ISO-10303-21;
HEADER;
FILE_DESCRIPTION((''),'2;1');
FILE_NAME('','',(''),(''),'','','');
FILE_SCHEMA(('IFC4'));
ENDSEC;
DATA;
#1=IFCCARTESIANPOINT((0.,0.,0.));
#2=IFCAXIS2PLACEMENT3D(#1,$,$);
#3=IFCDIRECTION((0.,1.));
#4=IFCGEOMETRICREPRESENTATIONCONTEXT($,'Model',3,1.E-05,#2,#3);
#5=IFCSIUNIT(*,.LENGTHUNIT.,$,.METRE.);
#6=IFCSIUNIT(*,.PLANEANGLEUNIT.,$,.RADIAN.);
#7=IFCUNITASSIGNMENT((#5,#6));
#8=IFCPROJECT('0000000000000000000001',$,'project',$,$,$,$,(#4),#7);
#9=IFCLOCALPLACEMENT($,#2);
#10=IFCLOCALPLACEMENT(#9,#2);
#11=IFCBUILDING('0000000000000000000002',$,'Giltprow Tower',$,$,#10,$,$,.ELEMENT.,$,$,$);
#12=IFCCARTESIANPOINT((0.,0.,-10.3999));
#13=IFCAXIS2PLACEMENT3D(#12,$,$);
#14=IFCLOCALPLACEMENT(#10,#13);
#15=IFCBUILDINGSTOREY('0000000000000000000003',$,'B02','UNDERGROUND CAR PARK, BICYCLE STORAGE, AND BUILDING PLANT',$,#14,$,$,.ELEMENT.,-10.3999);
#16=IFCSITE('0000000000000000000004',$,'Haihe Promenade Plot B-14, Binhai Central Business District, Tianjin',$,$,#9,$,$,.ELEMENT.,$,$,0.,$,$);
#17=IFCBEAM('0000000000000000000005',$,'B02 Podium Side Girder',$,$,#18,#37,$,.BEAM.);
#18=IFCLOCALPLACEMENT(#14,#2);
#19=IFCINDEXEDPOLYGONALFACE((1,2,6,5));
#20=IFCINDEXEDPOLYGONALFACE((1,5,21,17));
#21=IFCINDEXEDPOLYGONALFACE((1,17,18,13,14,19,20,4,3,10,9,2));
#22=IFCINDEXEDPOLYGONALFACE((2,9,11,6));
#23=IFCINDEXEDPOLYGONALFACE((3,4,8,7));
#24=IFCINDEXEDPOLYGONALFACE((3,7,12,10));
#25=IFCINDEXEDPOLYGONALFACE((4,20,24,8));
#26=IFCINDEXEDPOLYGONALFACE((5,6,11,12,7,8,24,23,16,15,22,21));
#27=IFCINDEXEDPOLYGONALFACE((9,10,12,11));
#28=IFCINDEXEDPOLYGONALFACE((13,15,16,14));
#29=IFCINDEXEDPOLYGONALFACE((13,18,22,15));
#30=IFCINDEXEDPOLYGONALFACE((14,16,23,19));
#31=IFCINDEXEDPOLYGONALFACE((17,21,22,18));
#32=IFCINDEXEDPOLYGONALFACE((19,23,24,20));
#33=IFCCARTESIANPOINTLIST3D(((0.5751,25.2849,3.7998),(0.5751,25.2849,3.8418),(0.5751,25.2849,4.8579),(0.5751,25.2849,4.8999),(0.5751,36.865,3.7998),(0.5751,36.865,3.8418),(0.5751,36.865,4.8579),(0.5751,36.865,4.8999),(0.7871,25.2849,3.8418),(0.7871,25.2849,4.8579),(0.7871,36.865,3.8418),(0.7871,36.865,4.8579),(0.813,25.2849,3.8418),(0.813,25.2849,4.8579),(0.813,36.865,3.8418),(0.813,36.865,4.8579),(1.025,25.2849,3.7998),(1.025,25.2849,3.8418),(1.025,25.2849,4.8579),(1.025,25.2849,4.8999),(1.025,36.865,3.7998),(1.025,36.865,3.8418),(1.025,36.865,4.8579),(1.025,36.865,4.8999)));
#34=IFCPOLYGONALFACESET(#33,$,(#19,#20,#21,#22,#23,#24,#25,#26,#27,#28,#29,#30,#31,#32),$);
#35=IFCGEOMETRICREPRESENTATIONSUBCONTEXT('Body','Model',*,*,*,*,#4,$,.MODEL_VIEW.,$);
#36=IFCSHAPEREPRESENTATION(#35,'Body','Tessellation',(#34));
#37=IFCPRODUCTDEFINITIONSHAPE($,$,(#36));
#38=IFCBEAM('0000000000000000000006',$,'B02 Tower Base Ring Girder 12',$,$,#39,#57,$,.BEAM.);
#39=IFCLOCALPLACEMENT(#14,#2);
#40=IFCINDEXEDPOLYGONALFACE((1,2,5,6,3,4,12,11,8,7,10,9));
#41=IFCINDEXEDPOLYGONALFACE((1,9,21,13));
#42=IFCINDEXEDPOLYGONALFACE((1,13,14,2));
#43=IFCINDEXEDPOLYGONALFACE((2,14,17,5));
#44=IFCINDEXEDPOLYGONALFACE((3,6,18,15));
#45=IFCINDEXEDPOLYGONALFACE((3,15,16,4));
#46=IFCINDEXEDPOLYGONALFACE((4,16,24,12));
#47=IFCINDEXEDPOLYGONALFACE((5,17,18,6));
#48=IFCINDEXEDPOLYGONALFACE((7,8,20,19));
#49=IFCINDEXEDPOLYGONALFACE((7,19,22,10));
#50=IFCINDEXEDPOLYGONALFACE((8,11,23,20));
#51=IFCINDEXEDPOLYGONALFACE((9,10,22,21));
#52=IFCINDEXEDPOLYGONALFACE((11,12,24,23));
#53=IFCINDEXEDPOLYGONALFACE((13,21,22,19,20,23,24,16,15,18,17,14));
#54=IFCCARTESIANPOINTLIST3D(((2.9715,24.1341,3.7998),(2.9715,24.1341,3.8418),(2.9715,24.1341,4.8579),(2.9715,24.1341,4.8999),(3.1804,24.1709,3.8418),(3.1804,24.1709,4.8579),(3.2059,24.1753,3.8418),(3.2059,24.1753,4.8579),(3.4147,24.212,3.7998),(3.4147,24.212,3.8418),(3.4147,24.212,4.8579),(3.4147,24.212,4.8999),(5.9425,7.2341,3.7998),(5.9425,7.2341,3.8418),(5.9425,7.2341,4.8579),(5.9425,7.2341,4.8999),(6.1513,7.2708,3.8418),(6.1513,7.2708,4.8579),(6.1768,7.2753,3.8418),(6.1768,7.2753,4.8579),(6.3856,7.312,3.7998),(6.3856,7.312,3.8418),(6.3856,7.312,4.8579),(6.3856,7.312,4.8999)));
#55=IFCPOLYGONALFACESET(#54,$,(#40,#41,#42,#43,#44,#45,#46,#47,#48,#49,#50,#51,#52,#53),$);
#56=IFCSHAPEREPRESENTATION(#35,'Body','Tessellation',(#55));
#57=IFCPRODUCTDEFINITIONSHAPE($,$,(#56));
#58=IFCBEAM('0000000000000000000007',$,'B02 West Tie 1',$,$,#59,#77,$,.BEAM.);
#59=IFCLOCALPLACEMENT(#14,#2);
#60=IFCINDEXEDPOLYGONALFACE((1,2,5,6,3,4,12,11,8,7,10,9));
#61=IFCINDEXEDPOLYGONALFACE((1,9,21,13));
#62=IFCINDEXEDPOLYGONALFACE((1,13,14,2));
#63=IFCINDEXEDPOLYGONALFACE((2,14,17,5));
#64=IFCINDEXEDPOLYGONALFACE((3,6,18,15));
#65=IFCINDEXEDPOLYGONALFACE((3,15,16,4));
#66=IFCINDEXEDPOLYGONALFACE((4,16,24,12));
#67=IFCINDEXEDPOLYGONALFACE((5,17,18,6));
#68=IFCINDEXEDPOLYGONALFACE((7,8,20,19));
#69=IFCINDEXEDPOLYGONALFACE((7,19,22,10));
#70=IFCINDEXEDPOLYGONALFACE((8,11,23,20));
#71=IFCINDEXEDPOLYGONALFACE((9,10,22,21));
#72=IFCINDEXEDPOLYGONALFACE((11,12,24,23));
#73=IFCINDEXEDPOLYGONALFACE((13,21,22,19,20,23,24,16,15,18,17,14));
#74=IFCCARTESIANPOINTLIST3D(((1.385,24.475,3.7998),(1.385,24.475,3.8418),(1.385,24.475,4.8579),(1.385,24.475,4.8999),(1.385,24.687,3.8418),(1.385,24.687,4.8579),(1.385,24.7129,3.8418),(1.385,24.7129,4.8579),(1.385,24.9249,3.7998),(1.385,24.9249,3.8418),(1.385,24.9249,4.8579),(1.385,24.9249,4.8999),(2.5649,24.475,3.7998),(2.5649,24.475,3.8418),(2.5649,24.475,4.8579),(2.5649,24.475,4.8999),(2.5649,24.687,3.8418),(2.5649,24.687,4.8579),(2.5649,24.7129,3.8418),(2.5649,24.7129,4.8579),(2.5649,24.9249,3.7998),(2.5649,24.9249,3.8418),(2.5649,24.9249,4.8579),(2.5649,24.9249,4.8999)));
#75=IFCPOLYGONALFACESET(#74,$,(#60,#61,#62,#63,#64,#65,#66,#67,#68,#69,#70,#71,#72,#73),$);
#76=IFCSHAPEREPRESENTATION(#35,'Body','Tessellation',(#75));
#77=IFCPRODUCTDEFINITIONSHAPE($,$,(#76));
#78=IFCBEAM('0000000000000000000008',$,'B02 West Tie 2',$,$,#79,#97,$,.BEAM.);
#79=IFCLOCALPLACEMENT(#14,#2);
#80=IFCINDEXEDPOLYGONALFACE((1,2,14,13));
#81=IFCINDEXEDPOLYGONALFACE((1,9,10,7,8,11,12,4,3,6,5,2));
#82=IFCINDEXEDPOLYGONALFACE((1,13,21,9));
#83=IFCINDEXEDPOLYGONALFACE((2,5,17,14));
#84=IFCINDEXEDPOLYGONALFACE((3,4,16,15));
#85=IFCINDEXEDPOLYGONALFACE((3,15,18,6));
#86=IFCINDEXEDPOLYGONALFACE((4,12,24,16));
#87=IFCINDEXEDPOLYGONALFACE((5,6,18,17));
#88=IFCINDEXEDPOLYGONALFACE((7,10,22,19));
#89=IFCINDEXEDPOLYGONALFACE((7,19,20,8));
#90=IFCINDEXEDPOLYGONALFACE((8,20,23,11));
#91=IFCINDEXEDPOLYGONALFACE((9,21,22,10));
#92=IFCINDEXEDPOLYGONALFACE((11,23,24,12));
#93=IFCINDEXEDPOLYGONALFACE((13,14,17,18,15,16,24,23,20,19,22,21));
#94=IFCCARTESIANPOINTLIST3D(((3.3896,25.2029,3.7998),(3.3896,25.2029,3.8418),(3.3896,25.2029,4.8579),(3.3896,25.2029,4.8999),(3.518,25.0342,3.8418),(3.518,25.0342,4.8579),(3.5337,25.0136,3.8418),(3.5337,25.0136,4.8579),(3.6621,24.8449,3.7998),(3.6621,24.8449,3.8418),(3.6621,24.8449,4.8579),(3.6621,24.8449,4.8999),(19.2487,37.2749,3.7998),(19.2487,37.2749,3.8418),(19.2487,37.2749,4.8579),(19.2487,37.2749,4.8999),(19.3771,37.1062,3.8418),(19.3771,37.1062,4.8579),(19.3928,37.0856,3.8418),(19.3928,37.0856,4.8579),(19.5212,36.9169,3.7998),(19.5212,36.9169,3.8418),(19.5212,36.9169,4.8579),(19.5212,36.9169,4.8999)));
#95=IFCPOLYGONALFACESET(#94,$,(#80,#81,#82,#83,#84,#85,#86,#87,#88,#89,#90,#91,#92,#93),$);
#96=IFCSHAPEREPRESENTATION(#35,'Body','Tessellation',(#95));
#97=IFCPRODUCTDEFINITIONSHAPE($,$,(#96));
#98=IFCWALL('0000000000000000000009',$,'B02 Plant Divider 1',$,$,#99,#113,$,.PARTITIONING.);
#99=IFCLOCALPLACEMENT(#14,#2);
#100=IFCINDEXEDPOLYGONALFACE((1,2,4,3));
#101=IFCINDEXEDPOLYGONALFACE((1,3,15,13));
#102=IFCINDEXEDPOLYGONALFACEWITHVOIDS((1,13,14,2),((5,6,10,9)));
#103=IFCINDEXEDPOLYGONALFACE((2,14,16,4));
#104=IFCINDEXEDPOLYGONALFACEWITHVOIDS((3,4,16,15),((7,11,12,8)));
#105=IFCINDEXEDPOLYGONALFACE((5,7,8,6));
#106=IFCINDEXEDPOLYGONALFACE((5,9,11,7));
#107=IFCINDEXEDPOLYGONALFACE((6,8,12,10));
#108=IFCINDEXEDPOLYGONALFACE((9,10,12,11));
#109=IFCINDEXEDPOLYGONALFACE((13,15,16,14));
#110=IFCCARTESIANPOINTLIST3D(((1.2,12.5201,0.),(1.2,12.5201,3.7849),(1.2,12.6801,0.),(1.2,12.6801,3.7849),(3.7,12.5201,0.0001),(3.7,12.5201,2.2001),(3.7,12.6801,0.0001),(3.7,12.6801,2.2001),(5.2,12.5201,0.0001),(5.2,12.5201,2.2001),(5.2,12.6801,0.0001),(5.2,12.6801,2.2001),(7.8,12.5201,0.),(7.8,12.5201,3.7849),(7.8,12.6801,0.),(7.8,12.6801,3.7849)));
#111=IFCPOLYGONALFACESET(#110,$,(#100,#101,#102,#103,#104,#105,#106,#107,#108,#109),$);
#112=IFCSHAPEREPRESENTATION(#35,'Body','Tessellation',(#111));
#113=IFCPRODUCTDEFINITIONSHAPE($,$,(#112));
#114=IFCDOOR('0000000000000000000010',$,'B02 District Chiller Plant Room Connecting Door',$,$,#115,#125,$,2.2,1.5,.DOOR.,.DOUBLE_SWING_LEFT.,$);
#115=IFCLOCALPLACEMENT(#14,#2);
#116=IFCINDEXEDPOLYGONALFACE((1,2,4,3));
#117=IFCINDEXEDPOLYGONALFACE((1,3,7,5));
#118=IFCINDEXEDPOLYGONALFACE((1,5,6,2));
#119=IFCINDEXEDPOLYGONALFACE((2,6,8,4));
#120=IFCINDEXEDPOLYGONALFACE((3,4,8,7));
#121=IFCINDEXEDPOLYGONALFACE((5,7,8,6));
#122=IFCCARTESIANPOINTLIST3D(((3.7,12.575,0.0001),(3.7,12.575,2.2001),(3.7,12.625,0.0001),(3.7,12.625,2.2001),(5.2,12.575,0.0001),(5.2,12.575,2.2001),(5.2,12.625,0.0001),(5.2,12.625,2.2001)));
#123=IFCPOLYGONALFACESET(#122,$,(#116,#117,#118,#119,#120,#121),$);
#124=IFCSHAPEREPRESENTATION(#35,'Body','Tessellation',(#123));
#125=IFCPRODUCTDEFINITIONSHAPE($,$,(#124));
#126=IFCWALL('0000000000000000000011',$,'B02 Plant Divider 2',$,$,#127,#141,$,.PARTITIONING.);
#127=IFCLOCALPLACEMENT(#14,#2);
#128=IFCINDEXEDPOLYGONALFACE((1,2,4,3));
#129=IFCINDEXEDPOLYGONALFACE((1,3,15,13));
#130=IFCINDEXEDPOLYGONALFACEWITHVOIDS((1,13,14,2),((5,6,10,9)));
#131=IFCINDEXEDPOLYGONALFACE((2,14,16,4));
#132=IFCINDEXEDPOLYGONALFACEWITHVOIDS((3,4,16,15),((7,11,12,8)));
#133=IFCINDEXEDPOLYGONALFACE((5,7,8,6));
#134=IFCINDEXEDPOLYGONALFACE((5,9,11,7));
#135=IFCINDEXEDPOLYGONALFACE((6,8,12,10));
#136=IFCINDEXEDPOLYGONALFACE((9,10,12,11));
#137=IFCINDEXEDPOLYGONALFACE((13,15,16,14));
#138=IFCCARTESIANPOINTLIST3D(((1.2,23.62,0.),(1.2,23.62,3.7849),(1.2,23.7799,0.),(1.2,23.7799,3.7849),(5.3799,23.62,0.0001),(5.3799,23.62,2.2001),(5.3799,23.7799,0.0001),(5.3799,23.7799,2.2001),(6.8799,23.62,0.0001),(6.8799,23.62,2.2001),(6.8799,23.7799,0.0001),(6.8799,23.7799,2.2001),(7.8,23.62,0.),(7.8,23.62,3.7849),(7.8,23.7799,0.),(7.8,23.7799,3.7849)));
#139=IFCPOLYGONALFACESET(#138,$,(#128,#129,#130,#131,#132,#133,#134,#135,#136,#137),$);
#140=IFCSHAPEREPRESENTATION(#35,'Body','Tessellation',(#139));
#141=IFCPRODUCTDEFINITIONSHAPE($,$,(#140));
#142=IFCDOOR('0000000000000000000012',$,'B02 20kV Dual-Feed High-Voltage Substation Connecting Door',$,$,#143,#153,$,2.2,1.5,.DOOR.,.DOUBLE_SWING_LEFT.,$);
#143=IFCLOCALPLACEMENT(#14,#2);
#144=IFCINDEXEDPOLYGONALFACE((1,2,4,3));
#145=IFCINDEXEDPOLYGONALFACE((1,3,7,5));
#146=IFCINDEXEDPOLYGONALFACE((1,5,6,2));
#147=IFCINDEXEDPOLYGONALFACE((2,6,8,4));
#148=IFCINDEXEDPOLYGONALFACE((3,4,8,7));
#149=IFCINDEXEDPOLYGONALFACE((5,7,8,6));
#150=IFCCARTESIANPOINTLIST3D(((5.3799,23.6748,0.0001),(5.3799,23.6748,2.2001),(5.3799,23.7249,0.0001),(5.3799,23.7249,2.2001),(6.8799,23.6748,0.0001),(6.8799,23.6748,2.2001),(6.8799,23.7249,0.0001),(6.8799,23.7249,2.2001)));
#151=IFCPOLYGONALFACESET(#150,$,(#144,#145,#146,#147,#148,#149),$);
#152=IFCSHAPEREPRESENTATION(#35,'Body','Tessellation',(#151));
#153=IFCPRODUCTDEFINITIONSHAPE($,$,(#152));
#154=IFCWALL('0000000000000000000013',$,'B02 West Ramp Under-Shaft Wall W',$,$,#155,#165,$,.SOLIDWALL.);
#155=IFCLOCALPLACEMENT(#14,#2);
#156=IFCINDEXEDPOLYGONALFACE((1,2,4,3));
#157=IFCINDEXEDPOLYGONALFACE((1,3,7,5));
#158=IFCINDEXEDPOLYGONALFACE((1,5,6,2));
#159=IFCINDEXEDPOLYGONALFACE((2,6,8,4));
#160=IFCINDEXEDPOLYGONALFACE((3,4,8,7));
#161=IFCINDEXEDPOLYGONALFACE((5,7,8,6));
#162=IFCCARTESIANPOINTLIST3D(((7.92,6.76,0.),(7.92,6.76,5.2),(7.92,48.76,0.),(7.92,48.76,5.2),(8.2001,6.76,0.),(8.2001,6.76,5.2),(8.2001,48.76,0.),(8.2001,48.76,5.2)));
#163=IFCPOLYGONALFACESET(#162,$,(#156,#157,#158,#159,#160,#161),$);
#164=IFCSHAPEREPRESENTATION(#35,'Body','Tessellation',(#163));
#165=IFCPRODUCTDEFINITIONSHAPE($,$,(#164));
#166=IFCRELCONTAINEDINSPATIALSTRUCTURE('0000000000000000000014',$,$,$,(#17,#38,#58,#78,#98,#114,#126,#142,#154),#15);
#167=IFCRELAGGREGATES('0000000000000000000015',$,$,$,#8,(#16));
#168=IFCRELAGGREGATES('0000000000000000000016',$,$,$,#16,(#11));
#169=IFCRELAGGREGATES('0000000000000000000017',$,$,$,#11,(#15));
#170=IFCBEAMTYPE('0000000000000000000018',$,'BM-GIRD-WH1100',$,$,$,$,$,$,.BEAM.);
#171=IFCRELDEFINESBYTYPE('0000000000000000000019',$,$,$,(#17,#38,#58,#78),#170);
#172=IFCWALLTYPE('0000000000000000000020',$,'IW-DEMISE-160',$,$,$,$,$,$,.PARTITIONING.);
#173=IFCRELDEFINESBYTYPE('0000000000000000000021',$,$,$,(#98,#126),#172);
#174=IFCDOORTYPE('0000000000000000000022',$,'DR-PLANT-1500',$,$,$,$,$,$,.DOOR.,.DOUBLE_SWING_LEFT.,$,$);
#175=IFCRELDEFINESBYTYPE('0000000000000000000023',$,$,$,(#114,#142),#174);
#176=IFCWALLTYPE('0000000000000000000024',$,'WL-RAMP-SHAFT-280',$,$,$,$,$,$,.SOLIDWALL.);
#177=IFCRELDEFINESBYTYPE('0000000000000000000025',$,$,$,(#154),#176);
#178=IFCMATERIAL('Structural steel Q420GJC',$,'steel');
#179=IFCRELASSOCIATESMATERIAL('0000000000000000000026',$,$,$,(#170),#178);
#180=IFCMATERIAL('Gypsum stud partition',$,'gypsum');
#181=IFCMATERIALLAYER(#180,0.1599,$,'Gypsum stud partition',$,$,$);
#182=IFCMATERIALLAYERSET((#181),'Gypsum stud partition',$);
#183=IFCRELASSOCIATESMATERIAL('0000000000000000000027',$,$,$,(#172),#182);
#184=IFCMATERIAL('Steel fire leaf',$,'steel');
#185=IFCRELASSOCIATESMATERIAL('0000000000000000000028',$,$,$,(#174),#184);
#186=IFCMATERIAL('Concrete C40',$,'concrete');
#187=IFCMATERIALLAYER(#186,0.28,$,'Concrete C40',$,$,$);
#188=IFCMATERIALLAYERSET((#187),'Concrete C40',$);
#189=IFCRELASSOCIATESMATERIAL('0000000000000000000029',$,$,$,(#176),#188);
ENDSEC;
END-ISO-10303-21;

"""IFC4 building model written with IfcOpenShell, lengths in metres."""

from ifc_helpers import new_model, si_unit, direction, frame, frame_2d, origin, origin_2d, place, context, subcontext, project, spatial, rectangle, i_section, extrude, source, transform, mapped, material, layer, layer_set, material_profile, profile_set, type_object, element, fill, save


model = new_model("IFC4")

# Units and contexts
model_context = context("Model", 3, precision=1e-05, world=origin(), true_north=direction((0.0, 1.0)))
body_context = subcontext(model_context, "Body", "Model", "MODEL_VIEW")
ifc_project = project(units=[si_unit("LENGTHUNIT", "METRE"), si_unit("PLANEANGLEUNIT", "RADIAN")], contexts=[model_context])

# Site, building, storey
site_placement = place(None, origin())
site = spatial("IfcSite", under=ifc_project, at=site_placement, Name="Haihe Promenade Plot B-14, Binhai Central Business District, Tianjin", CompositionType="ELEMENT", RefElevation=0.0)
building_placement = place(site_placement, origin())
building = spatial("IfcBuilding", under=site, at=building_placement, Name="Giltprow Tower", CompositionType="ELEMENT")
storey_placement = place(building_placement, frame((0.0, 0.0, -10.3999)))
storey = spatial("IfcBuildingStorey", under=building, at=storey_placement, Name="B02", Description="UNDERGROUND CAR PARK, BICYCLE STORAGE, AND BUILDING PLANT", CompositionType="ELEMENT", Elevation=-10.3999)

# Shared definitions
ifc_material_1 = material(Name="Structural steel Q420GJC", Category="steel")

# Beams
ifc_material_profile_1 = material_profile(ifc_material_1, i_section(OverallWidth=0.45, OverallDepth=1.1001, WebThickness=0.0259, FlangeThickness=0.042, at=origin_2d()), Name="WH 1100x450x26x42")
ifc_profile_set_1 = profile_set([ifc_material_profile_1], Name="Structural steel Q420GJC")
beam_type = type_object("IfcBeamType", Name="BM-GIRD-WH1100", PredefinedType="BEAM", material=ifc_profile_set_1)
shared_shape_1 = source(origin(), body_context, "Body", "SweptSolid", [
    extrude(i_section(OverallWidth=0.45, OverallDepth=1.1001, WebThickness=0.0259, FlangeThickness=0.042, at=origin_2d()), origin(), (0.0, 0.0, 1.0), 11.5801),
])
beam_1_placement = place(storey_placement, frame((0.8, 25.2849, 4.3499), z_axis=(0.0, 1.0, 0.0), x_axis=(-1.0, 0.0, 0.0)))
element("IfcBeam", 1, at=beam_1_placement, inside=storey, type_object=beam_type, Name="B02 Podium Side Girder", PredefinedType="BEAM", context=body_context, shape_type="MappedRepresentation", body=[
    mapped(shared_shape_1, transform((0.0, 0.0, 0.0), x_axis=(1.0, 0.0, 0.0), y_axis=(0.0, 1.0, 0.0), z_axis=(0.0, 0.0, 1.0), scale=1.0)),
])
shared_shape_2 = source(origin(), body_context, "Body", "SweptSolid", [
    extrude(i_section(OverallWidth=0.45, OverallDepth=1.1001, WebThickness=0.0259, FlangeThickness=0.042, at=origin_2d()), origin(), (0.0, 0.0, 1.0), 17.1592),
])
beam_2_placement = place(storey_placement, frame((3.1931, 24.1731, 4.3499), z_axis=(0.173139, -0.984897, 0.0), x_axis=(0.984897, 0.173139, 0.0)))
element("IfcBeam", 2, at=beam_2_placement, inside=storey, type_object=beam_type, Name="B02 Tower Base Ring Girder 12", PredefinedType="BEAM", context=body_context, shape_type="MappedRepresentation", body=[
    mapped(shared_shape_2, transform((0.0, 0.0, 0.0), x_axis=(1.0, 0.0, 0.0), y_axis=(0.0, 1.0, 0.0), z_axis=(0.0, 0.0, 1.0), scale=1.0)),
])
shared_shape_3 = source(origin(), body_context, "Body", "SweptSolid", [
    extrude(i_section(OverallWidth=0.45, OverallDepth=1.1001, WebThickness=0.0259, FlangeThickness=0.042, at=origin_2d()), origin(), (0.0, 0.0, 1.0), 1.1799),
])
beam_3_placement = place(storey_placement, frame((1.385, 24.7, 4.3499), z_axis=(1.0, 0.0, 0.0), x_axis=(0.0, 1.0, 0.0)))
element("IfcBeam", 3, at=beam_3_placement, inside=storey, type_object=beam_type, Name="B02 West Tie 1", PredefinedType="BEAM", context=body_context, shape_type="MappedRepresentation", body=[
    mapped(shared_shape_3, transform((0.0, 0.0, 0.0), x_axis=(1.0, 0.0, 0.0), y_axis=(0.0, 1.0, 0.0), z_axis=(0.0, 0.0, 1.0), scale=1.0)),
])
shared_shape_4 = source(origin(), body_context, "Body", "SweptSolid", [
    extrude(i_section(OverallWidth=0.45, OverallDepth=1.1001, WebThickness=0.0259, FlangeThickness=0.042, at=origin_2d()), origin(), (0.0, 0.0, 1.0), 19.9309),
])
beam_4_placement = place(storey_placement, frame((3.5259, 25.0239, 4.3499), z_axis=(0.795701, 0.60569, 0.0), x_axis=(-0.60569, 0.795701, 0.0)))
element("IfcBeam", 4, at=beam_4_placement, inside=storey, type_object=beam_type, Name="B02 West Tie 2", PredefinedType="BEAM", context=body_context, shape_type="MappedRepresentation", body=[
    mapped(shared_shape_4, transform((0.0, 0.0, 0.0), x_axis=(1.0, 0.0, 0.0), y_axis=(0.0, 1.0, 0.0), z_axis=(0.0, 0.0, 1.0), scale=1.0)),
])

# Walls, openings, doors
ifc_material_2 = material(Name="Gypsum stud partition", Category="gypsum")
ifc_layer_1 = layer(ifc_material_2, 0.1599, Name="Gypsum stud partition")
ifc_layer_set_1 = layer_set([ifc_layer_1], Name="Gypsum stud partition")
wall_type_1 = type_object("IfcWallType", Name="IW-DEMISE-160", PredefinedType="PARTITIONING", material=ifc_layer_set_1)
wall_1_placement = place(storey_placement, frame((1.2, 12.6001, 0.0), z_axis=(0.0, 0.0, 1.0), x_axis=(1.0, 0.0, 0.0)))
wall_1 = element("IfcWall", 5, at=wall_1_placement, inside=storey, type_object=wall_type_1, Name="B02 Plant Divider 1", PredefinedType="PARTITIONING", context=body_context, shape_type="SweptSolid", body=[
    extrude(rectangle(XDim=6.6001, YDim=0.1599, at=frame_2d((3.3, 0.0))), origin(), (0.0, 0.0, 1.0), 3.7849),
])
opening_1_placement = place(wall_1_placement, frame((2.5, 0.0, 0.0)))
opening_1 = element("IfcOpeningElement", 6, at=opening_1_placement, cuts=wall_1, PredefinedType="OPENING", context=body_context, shape_type="SweptSolid", body=[
    extrude(rectangle(XDim=1.5, YDim=2.2, at=frame_2d((0.75, 1.1001))), frame((0.0, 0.0898, 0.0), z_axis=(0.0, -1.0, 0.0), x_axis=(1.0, 0.0, 0.0)), (0.0, 0.0, 1.0), 0.1799),
])
ifc_material_3 = material(Name="Steel fire leaf", Category="steel")
door_type = type_object("IfcDoorType", Name="DR-PLANT-1500", OperationType="DOUBLE_SWING_LEFT", PredefinedType="DOOR", material=ifc_material_3)
shared_shape_5 = source(origin(), body_context, "Body", "SweptSolid", [
    extrude(rectangle(XDim=1.5, YDim=2.2, at=frame_2d((0.75, 1.1001))), frame((0.0, 0.0249, 0.0), z_axis=(0.0, -1.0, 0.0), x_axis=(1.0, 0.0, 0.0)), (0.0, 0.0, 1.0), 0.05),
])
door_1_placement = place(opening_1_placement, origin())
door_1 = element("IfcDoor", 7, at=door_1_placement, inside=storey, type_object=door_type, Name="B02 District Chiller Plant Room Connecting Door", OperationType="DOUBLE_SWING_LEFT", OverallHeight=2.2, OverallWidth=1.5, PredefinedType="DOOR", context=body_context, shape_type="MappedRepresentation", body=[
    mapped(shared_shape_5, transform((0.0, 0.0, 0.0), x_axis=(1.0, 0.0, 0.0), y_axis=(0.0, 1.0, 0.0), z_axis=(0.0, 0.0, 1.0), scale=1.0)),
])
fill(opening_1, door_1)
wall_2_placement = place(storey_placement, frame((1.2, 23.7, 0.0), z_axis=(0.0, 0.0, 1.0), x_axis=(1.0, 0.0, 0.0)))
wall_2 = element("IfcWall", 8, at=wall_2_placement, inside=storey, type_object=wall_type_1, Name="B02 Plant Divider 2", PredefinedType="PARTITIONING", context=body_context, shape_type="SweptSolid", body=[
    extrude(rectangle(XDim=6.6001, YDim=0.1599, at=frame_2d((3.3, 0.0))), origin(), (0.0, 0.0, 1.0), 3.7849),
])
opening_2_placement = place(wall_2_placement, frame((4.1799, 0.0, 0.0)))
opening_2 = element("IfcOpeningElement", 9, at=opening_2_placement, cuts=wall_2, PredefinedType="OPENING", context=body_context, shape_type="SweptSolid", body=[
    extrude(rectangle(XDim=1.5, YDim=2.2, at=frame_2d((0.75, 1.1001))), frame((0.0, 0.0898, 0.0), z_axis=(0.0, -1.0, 0.0), x_axis=(1.0, 0.0, 0.0)), (0.0, 0.0, 1.0), 0.1799),
])
door_2_placement = place(opening_2_placement, origin())
door_2 = element("IfcDoor", 10, at=door_2_placement, inside=storey, type_object=door_type, Name="B02 20kV Dual-Feed High-Voltage Substation Connecting Door", OperationType="DOUBLE_SWING_LEFT", OverallHeight=2.2, OverallWidth=1.5, PredefinedType="DOOR", context=body_context, shape_type="MappedRepresentation", body=[
    mapped(shared_shape_5, transform((0.0, 0.0, 0.0), x_axis=(1.0, 0.0, 0.0), y_axis=(0.0, 1.0, 0.0), z_axis=(0.0, 0.0, 1.0), scale=1.0)),
])
fill(opening_2, door_2)

# Wall
ifc_material_4 = material(Name="Concrete C40", Category="concrete")
ifc_layer_2 = layer(ifc_material_4, 0.28, Name="Concrete C40")
ifc_layer_set_2 = layer_set([ifc_layer_2], Name="Concrete C40")
wall_type_2 = type_object("IfcWallType", Name="WL-RAMP-SHAFT-280", PredefinedType="SOLIDWALL", material=ifc_layer_set_2)
wall_3_placement = place(storey_placement, frame((8.0601, 6.76, 0.0), z_axis=(0.0, 0.0, 1.0), x_axis=(0.0, 1.0, 0.0)))
element("IfcWall", 11, at=wall_3_placement, inside=storey, type_object=wall_type_2, Name="B02 West Ramp Under-Shaft Wall W", PredefinedType="SOLIDWALL", context=body_context, shape_type="SweptSolid", body=[
    extrude(rectangle(XDim=42.0, YDim=0.28, at=frame_2d((21.0, 0.0))), origin(), (0.0, 0.0, 1.0), 5.2),
])

save(model, "model.ifc")
